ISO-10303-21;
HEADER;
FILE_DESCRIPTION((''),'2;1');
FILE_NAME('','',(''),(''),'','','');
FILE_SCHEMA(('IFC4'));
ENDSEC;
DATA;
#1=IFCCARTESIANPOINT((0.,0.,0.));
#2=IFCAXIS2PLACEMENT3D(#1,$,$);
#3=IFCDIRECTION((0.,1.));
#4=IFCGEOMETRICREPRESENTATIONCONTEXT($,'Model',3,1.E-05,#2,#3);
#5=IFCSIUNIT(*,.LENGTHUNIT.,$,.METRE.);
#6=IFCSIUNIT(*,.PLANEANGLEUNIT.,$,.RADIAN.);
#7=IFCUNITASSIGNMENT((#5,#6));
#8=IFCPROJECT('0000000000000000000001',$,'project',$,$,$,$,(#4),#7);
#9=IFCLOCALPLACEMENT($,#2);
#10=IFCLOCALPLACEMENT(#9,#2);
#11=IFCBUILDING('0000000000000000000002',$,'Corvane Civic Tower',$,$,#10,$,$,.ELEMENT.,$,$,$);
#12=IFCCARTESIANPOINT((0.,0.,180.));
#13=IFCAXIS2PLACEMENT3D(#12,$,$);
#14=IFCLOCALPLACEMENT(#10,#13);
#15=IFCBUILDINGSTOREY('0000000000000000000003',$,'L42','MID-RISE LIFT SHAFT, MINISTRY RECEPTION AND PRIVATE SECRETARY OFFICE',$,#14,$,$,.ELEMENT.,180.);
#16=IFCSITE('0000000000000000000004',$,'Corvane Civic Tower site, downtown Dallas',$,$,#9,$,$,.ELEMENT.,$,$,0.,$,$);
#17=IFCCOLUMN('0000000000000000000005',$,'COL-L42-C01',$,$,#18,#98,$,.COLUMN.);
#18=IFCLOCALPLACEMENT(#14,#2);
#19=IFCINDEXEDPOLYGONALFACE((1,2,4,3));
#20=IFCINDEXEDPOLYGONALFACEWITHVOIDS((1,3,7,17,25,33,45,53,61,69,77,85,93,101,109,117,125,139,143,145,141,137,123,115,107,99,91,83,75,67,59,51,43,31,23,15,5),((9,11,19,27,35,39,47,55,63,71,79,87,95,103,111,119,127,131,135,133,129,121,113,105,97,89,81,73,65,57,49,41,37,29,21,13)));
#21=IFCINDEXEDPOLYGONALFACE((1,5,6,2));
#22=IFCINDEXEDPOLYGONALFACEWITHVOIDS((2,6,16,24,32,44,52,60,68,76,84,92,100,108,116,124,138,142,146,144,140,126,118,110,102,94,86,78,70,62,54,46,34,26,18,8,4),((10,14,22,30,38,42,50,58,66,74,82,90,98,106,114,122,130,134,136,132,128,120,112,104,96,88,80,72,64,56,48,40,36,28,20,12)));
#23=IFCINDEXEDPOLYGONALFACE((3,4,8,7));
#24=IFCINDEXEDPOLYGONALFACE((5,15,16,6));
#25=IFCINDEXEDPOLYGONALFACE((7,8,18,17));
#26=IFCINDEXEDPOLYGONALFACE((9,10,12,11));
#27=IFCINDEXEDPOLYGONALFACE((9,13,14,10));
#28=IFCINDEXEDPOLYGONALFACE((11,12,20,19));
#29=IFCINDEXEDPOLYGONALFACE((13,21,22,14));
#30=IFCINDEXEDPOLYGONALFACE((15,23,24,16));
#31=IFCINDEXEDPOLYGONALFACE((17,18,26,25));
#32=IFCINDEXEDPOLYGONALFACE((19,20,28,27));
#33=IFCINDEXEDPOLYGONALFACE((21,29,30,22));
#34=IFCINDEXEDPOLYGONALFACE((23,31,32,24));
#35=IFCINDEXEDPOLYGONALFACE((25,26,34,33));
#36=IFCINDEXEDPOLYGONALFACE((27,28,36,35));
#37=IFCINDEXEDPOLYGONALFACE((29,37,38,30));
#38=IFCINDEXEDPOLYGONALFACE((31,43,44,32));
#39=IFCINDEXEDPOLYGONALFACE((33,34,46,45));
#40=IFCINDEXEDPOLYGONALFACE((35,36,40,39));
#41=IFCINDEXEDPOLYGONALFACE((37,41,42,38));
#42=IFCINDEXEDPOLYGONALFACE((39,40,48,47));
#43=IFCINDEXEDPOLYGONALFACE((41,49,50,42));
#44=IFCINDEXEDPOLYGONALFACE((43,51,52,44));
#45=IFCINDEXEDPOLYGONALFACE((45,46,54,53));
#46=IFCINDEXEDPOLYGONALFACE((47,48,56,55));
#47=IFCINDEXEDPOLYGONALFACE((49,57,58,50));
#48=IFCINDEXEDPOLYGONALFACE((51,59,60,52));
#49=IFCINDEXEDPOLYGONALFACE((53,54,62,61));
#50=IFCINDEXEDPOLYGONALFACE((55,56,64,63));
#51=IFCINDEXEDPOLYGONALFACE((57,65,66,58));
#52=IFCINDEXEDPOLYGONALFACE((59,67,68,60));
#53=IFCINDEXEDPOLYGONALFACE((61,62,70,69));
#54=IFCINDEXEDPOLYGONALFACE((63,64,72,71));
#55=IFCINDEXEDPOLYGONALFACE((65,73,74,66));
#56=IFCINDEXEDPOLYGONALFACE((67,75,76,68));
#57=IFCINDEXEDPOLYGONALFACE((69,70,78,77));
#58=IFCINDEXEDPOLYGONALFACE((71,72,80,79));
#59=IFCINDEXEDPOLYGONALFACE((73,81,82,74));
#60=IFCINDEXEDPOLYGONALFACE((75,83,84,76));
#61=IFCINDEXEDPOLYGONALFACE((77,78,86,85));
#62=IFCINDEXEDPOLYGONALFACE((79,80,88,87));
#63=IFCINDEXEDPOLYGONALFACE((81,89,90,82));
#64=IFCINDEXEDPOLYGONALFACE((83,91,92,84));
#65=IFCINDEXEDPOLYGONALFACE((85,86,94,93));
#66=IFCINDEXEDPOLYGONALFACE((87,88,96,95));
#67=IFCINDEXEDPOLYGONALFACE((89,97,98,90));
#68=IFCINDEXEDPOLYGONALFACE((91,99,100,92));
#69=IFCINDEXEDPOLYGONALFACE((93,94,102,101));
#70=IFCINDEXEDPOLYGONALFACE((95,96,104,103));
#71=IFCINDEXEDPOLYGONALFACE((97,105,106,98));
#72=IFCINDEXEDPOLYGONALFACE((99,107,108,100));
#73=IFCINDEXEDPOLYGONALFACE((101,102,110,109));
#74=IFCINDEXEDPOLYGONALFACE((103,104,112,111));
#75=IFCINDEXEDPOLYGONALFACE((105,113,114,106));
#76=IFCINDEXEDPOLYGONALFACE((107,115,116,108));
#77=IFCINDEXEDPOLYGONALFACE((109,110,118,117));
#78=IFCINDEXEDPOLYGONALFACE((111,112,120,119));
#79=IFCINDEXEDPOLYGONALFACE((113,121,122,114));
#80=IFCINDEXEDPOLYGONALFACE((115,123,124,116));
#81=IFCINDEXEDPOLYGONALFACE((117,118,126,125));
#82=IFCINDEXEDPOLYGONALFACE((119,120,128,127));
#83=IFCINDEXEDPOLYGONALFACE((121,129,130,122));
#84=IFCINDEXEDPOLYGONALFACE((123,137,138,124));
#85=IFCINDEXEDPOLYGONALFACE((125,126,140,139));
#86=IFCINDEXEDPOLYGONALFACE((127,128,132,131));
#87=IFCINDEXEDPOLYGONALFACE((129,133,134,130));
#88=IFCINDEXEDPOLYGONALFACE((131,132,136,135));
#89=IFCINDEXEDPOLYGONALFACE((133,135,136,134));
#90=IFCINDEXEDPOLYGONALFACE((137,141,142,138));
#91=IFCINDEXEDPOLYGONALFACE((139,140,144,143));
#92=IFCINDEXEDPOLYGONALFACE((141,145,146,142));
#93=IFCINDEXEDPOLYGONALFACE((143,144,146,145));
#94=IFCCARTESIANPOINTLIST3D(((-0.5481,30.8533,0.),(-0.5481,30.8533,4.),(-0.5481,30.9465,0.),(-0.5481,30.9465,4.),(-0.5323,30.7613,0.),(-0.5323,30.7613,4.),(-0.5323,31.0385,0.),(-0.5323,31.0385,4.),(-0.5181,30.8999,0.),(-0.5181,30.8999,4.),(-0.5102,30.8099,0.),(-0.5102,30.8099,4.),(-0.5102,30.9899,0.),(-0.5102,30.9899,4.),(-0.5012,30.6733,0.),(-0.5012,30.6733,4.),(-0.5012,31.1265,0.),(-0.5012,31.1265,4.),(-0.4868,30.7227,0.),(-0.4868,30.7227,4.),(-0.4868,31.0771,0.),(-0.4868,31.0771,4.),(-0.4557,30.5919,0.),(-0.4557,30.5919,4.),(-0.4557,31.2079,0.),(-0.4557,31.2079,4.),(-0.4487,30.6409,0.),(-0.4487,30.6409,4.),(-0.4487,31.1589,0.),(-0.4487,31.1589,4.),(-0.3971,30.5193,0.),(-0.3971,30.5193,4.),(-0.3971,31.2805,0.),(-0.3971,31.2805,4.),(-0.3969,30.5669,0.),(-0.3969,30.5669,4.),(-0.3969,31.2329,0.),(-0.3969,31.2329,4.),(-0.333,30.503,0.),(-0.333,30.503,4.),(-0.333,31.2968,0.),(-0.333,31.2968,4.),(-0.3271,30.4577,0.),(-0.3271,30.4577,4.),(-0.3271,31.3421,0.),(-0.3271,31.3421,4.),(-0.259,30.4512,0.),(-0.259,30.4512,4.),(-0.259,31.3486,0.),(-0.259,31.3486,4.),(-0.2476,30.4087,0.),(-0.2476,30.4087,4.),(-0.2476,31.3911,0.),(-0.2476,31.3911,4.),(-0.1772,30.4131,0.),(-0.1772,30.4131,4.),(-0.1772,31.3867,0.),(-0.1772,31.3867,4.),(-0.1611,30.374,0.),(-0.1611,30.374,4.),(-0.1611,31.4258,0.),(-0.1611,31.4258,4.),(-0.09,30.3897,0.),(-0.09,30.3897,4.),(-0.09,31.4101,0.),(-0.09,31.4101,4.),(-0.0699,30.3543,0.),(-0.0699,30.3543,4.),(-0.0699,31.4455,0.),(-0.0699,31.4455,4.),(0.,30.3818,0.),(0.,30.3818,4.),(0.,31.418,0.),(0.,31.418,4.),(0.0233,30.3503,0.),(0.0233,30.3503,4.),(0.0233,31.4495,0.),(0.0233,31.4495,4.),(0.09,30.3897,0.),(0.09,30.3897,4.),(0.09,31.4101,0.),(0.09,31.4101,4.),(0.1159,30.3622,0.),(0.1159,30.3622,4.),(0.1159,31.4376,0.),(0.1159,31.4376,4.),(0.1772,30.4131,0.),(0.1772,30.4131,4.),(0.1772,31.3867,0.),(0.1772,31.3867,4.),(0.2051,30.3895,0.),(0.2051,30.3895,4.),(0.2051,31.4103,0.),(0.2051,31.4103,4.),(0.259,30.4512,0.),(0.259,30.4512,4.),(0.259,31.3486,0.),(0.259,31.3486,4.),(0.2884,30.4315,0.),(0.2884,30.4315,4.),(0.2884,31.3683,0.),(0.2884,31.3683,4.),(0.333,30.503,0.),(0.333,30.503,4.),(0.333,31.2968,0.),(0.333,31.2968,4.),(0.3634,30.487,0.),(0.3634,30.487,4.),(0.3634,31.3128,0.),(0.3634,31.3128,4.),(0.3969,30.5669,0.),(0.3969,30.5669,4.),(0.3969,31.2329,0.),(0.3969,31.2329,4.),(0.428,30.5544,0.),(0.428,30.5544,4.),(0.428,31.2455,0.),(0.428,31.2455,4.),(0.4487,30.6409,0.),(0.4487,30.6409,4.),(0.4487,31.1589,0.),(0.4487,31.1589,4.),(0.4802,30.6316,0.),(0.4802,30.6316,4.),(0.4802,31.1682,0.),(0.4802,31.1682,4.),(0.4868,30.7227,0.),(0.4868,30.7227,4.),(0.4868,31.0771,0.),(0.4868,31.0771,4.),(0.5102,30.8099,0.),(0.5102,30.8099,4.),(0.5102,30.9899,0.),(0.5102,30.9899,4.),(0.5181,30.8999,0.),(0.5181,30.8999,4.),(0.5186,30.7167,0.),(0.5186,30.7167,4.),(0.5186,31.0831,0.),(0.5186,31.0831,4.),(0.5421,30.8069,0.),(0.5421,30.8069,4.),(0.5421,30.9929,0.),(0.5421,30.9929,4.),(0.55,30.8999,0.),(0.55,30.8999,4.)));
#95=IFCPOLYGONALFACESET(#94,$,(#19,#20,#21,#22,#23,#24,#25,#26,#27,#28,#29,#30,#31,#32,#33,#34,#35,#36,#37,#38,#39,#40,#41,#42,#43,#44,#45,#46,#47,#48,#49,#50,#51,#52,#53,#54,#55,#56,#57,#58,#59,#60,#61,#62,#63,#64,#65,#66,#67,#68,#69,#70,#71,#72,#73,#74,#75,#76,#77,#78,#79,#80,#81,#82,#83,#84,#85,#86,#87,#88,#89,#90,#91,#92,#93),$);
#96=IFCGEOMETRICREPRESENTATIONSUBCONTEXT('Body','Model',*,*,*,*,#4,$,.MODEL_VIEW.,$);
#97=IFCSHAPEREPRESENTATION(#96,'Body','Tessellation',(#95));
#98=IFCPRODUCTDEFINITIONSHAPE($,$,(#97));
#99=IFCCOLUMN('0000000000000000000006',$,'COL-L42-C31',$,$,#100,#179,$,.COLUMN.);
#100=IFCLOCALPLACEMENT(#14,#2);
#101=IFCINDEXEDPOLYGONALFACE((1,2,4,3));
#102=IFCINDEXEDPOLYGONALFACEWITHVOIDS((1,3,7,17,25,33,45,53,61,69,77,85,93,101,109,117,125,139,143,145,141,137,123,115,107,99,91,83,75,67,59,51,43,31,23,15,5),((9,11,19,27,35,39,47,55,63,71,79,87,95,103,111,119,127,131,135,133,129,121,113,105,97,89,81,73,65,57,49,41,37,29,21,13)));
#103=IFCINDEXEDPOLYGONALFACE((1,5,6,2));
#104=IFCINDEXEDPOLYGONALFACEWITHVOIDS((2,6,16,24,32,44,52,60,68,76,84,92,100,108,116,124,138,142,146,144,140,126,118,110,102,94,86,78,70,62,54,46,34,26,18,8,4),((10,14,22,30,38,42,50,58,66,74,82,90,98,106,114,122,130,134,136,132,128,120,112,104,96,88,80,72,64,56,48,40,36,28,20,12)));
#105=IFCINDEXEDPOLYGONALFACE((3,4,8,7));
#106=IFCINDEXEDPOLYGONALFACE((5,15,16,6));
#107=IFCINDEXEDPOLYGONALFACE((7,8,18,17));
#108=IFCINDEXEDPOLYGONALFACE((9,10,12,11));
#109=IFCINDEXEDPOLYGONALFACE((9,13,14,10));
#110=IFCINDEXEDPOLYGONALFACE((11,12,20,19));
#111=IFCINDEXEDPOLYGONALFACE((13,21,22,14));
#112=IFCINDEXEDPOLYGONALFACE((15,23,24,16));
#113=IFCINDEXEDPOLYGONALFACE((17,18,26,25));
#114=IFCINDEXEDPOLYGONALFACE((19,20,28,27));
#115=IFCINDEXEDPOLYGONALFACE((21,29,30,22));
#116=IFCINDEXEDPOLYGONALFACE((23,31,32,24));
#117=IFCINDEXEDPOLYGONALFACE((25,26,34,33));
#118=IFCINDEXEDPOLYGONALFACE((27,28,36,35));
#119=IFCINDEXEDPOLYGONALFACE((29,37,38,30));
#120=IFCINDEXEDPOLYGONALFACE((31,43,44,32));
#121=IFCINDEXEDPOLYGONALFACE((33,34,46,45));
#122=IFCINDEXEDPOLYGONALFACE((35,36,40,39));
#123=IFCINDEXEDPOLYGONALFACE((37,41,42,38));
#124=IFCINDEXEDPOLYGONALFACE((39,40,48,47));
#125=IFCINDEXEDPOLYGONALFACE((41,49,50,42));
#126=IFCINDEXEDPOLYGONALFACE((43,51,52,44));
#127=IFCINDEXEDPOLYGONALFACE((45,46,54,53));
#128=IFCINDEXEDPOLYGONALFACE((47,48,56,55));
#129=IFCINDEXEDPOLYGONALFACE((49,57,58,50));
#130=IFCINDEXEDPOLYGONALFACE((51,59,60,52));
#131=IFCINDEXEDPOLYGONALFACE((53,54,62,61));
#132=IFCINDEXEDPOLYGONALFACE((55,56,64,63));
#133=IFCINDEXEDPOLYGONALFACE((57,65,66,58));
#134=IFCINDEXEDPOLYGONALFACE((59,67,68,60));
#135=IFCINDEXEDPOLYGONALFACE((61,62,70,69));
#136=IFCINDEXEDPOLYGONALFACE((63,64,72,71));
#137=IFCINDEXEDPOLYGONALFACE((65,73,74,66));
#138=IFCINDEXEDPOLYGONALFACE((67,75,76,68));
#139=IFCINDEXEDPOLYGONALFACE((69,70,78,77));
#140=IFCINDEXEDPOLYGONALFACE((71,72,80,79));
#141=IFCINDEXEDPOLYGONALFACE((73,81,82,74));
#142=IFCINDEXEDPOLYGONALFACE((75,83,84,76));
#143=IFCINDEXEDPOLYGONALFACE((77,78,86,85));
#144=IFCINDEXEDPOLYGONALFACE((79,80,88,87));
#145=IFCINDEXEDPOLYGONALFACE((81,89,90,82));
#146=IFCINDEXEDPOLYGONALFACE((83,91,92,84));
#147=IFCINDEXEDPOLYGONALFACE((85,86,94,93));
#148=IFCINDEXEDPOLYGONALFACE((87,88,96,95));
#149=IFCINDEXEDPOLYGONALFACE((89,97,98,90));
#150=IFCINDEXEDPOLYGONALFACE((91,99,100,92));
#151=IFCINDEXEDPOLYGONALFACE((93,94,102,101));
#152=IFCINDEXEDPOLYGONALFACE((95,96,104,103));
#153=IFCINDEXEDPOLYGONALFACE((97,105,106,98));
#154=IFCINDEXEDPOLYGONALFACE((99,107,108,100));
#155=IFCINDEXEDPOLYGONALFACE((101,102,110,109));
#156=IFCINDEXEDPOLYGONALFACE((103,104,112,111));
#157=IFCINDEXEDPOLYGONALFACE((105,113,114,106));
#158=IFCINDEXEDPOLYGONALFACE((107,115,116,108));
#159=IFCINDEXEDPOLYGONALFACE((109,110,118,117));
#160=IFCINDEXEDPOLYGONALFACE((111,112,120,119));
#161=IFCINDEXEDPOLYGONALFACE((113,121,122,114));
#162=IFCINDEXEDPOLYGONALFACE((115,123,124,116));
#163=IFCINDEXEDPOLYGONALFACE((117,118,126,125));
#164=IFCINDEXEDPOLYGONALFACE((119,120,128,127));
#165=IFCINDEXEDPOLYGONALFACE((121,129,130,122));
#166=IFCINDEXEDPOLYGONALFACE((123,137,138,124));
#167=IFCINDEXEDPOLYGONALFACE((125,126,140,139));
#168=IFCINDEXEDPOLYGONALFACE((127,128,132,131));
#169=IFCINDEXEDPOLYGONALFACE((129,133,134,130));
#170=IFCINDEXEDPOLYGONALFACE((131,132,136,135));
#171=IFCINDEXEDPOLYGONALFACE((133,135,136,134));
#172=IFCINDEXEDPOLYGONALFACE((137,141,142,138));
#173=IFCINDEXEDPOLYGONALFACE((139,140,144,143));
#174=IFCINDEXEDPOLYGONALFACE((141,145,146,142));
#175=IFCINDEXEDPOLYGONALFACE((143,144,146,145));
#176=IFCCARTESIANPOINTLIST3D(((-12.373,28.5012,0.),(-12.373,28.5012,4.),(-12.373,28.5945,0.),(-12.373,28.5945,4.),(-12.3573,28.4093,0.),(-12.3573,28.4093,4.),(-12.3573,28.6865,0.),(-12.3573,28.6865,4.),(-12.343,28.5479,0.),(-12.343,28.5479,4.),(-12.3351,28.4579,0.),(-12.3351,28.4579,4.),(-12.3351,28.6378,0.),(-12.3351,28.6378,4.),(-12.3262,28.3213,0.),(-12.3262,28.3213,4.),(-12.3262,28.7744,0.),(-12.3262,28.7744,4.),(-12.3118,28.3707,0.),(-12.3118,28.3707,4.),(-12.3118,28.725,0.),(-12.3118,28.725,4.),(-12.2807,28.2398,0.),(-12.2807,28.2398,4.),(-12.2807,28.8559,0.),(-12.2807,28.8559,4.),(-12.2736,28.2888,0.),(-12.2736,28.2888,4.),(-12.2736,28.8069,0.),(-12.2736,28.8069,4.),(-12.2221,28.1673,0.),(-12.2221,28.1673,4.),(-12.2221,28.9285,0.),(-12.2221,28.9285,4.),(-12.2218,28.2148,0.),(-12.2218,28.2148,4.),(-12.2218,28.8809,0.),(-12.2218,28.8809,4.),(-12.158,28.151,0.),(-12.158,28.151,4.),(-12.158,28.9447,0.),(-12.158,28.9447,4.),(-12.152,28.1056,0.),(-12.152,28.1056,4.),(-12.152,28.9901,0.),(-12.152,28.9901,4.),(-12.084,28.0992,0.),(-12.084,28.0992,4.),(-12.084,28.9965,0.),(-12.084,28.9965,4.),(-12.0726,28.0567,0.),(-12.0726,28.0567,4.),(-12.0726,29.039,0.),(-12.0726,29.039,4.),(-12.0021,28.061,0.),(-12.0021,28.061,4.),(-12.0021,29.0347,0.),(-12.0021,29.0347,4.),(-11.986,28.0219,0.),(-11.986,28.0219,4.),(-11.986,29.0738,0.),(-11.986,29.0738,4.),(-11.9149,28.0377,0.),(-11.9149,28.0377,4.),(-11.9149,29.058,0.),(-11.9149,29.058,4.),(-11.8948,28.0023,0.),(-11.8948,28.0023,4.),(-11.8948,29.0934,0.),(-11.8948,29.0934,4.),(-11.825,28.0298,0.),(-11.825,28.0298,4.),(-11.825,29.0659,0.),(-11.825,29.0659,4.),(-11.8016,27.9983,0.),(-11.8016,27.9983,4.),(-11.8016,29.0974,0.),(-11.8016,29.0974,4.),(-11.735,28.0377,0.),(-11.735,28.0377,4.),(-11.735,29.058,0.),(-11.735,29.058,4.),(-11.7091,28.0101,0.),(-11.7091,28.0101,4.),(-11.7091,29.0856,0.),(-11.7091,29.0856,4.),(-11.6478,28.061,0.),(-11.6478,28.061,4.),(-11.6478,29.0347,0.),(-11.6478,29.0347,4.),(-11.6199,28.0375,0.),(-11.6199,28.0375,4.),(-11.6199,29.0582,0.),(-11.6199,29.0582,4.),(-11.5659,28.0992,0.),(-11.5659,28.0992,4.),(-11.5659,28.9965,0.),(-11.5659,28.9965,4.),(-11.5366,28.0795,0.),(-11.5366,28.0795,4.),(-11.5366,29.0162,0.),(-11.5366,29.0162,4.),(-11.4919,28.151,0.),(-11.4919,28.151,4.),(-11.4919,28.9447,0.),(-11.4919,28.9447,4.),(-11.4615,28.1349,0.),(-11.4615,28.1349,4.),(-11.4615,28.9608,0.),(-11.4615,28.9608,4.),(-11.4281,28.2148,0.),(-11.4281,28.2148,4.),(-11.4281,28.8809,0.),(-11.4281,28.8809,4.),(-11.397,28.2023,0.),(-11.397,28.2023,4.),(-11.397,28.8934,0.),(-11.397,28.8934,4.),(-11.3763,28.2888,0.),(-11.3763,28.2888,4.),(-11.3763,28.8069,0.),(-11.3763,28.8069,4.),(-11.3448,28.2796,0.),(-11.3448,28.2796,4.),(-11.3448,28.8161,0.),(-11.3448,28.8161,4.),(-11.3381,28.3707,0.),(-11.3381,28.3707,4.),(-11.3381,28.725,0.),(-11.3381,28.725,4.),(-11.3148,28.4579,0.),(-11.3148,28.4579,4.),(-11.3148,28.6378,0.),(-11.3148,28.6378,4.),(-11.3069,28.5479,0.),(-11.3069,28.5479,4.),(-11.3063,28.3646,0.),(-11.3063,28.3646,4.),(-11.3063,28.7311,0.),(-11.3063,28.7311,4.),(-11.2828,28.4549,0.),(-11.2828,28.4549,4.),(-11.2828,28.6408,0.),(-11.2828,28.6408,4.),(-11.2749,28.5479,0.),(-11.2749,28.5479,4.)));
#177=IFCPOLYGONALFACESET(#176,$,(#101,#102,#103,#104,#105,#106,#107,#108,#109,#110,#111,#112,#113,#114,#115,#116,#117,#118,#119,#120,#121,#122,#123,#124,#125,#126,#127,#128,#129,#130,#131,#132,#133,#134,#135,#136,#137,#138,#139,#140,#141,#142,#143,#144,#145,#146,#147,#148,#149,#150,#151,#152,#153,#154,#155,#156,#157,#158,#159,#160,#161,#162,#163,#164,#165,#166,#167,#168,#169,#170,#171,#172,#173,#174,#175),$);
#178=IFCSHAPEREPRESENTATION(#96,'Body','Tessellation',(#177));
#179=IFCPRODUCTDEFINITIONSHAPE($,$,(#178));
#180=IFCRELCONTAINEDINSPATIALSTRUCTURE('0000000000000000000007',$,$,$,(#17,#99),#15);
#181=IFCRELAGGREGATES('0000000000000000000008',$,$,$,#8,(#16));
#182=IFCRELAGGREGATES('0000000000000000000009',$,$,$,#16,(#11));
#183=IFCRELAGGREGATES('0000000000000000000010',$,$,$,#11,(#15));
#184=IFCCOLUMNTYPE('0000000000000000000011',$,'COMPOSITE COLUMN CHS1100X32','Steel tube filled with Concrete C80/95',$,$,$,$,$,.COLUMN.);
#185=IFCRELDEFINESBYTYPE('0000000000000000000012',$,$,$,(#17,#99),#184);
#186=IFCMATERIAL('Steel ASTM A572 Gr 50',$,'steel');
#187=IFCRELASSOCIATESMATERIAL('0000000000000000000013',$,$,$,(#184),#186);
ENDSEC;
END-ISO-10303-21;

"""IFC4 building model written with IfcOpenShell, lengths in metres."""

from ifc_helpers import new_model, si_unit, direction, frame, origin, origin_2d, place, context, subcontext, project, spatial, hollow_circle, extrude, material, material_profile, profile_set, type_object, element, save


model = new_model("IFC4")

# Units and contexts
model_context = context("Model", 3, precision=1e-05, world=origin(), true_north=direction((0.0, 1.0)))
body_context = subcontext(model_context, "Body", "Model", "MODEL_VIEW")
ifc_project = project(units=[si_unit("LENGTHUNIT", "METRE"), si_unit("PLANEANGLEUNIT", "RADIAN")], contexts=[model_context])

# Site, building, storey
site_placement = place(None, origin())
site = spatial("IfcSite", under=ifc_project, at=site_placement, Name="Corvane Civic Tower site, downtown Dallas", CompositionType="ELEMENT", RefElevation=0.0)
building_placement = place(site_placement, origin())
building = spatial("IfcBuilding", under=site, at=building_placement, Name="Corvane Civic Tower", CompositionType="ELEMENT")
storey_placement = place(building_placement, frame((0.0, 0.0, 180.0)))
storey = spatial("IfcBuildingStorey", under=building, at=storey_placement, Name="L42", Description="MID-RISE LIFT SHAFT, MINISTRY RECEPTION AND PRIVATE SECRETARY OFFICE", CompositionType="ELEMENT", Elevation=180.0)

# Columns
ifc_material_1 = material(Name="Steel ASTM A572 Gr 50", Category="steel")
ifc_material_profile_1 = material_profile(ifc_material_1, hollow_circle(Radius=0.55, WallThickness=0.032, at=origin_2d()), Name="CHS1100X32")
ifc_profile_set_1 = profile_set([ifc_material_profile_1], Name="Steel ASTM A572 Gr 50")
column_type = type_object("IfcColumnType", Name="COMPOSITE COLUMN CHS1100X32", Description="Steel tube filled with Concrete C80/95", PredefinedType="COLUMN", material=ifc_profile_set_1)
for number, where, z_axis, x_axis, name in (
    (1, (0.0, 30.8999, 0.0), (0.0, 0.0, 1.0), (1.0, 0.0, 0.0), "COL-L42-C01"),
    (2, (-11.825, 28.5479, 0.0), (0.0, 0.0, 1.0), (1.0, 0.0, 0.0), "COL-L42-C31"),
):
    element("IfcColumn", number, at=place(storey_placement, frame(where, z_axis=z_axis, x_axis=x_axis)), inside=storey, type_object=column_type, Name=name, PredefinedType="COLUMN", context=body_context, shape_type="SweptSolid", body=[
        extrude(hollow_circle(Radius=0.55, WallThickness=0.032, at=origin_2d()), origin(), (0.0, 0.0, 1.0), 4.0),
    ])

save(model, "model.ifc")
